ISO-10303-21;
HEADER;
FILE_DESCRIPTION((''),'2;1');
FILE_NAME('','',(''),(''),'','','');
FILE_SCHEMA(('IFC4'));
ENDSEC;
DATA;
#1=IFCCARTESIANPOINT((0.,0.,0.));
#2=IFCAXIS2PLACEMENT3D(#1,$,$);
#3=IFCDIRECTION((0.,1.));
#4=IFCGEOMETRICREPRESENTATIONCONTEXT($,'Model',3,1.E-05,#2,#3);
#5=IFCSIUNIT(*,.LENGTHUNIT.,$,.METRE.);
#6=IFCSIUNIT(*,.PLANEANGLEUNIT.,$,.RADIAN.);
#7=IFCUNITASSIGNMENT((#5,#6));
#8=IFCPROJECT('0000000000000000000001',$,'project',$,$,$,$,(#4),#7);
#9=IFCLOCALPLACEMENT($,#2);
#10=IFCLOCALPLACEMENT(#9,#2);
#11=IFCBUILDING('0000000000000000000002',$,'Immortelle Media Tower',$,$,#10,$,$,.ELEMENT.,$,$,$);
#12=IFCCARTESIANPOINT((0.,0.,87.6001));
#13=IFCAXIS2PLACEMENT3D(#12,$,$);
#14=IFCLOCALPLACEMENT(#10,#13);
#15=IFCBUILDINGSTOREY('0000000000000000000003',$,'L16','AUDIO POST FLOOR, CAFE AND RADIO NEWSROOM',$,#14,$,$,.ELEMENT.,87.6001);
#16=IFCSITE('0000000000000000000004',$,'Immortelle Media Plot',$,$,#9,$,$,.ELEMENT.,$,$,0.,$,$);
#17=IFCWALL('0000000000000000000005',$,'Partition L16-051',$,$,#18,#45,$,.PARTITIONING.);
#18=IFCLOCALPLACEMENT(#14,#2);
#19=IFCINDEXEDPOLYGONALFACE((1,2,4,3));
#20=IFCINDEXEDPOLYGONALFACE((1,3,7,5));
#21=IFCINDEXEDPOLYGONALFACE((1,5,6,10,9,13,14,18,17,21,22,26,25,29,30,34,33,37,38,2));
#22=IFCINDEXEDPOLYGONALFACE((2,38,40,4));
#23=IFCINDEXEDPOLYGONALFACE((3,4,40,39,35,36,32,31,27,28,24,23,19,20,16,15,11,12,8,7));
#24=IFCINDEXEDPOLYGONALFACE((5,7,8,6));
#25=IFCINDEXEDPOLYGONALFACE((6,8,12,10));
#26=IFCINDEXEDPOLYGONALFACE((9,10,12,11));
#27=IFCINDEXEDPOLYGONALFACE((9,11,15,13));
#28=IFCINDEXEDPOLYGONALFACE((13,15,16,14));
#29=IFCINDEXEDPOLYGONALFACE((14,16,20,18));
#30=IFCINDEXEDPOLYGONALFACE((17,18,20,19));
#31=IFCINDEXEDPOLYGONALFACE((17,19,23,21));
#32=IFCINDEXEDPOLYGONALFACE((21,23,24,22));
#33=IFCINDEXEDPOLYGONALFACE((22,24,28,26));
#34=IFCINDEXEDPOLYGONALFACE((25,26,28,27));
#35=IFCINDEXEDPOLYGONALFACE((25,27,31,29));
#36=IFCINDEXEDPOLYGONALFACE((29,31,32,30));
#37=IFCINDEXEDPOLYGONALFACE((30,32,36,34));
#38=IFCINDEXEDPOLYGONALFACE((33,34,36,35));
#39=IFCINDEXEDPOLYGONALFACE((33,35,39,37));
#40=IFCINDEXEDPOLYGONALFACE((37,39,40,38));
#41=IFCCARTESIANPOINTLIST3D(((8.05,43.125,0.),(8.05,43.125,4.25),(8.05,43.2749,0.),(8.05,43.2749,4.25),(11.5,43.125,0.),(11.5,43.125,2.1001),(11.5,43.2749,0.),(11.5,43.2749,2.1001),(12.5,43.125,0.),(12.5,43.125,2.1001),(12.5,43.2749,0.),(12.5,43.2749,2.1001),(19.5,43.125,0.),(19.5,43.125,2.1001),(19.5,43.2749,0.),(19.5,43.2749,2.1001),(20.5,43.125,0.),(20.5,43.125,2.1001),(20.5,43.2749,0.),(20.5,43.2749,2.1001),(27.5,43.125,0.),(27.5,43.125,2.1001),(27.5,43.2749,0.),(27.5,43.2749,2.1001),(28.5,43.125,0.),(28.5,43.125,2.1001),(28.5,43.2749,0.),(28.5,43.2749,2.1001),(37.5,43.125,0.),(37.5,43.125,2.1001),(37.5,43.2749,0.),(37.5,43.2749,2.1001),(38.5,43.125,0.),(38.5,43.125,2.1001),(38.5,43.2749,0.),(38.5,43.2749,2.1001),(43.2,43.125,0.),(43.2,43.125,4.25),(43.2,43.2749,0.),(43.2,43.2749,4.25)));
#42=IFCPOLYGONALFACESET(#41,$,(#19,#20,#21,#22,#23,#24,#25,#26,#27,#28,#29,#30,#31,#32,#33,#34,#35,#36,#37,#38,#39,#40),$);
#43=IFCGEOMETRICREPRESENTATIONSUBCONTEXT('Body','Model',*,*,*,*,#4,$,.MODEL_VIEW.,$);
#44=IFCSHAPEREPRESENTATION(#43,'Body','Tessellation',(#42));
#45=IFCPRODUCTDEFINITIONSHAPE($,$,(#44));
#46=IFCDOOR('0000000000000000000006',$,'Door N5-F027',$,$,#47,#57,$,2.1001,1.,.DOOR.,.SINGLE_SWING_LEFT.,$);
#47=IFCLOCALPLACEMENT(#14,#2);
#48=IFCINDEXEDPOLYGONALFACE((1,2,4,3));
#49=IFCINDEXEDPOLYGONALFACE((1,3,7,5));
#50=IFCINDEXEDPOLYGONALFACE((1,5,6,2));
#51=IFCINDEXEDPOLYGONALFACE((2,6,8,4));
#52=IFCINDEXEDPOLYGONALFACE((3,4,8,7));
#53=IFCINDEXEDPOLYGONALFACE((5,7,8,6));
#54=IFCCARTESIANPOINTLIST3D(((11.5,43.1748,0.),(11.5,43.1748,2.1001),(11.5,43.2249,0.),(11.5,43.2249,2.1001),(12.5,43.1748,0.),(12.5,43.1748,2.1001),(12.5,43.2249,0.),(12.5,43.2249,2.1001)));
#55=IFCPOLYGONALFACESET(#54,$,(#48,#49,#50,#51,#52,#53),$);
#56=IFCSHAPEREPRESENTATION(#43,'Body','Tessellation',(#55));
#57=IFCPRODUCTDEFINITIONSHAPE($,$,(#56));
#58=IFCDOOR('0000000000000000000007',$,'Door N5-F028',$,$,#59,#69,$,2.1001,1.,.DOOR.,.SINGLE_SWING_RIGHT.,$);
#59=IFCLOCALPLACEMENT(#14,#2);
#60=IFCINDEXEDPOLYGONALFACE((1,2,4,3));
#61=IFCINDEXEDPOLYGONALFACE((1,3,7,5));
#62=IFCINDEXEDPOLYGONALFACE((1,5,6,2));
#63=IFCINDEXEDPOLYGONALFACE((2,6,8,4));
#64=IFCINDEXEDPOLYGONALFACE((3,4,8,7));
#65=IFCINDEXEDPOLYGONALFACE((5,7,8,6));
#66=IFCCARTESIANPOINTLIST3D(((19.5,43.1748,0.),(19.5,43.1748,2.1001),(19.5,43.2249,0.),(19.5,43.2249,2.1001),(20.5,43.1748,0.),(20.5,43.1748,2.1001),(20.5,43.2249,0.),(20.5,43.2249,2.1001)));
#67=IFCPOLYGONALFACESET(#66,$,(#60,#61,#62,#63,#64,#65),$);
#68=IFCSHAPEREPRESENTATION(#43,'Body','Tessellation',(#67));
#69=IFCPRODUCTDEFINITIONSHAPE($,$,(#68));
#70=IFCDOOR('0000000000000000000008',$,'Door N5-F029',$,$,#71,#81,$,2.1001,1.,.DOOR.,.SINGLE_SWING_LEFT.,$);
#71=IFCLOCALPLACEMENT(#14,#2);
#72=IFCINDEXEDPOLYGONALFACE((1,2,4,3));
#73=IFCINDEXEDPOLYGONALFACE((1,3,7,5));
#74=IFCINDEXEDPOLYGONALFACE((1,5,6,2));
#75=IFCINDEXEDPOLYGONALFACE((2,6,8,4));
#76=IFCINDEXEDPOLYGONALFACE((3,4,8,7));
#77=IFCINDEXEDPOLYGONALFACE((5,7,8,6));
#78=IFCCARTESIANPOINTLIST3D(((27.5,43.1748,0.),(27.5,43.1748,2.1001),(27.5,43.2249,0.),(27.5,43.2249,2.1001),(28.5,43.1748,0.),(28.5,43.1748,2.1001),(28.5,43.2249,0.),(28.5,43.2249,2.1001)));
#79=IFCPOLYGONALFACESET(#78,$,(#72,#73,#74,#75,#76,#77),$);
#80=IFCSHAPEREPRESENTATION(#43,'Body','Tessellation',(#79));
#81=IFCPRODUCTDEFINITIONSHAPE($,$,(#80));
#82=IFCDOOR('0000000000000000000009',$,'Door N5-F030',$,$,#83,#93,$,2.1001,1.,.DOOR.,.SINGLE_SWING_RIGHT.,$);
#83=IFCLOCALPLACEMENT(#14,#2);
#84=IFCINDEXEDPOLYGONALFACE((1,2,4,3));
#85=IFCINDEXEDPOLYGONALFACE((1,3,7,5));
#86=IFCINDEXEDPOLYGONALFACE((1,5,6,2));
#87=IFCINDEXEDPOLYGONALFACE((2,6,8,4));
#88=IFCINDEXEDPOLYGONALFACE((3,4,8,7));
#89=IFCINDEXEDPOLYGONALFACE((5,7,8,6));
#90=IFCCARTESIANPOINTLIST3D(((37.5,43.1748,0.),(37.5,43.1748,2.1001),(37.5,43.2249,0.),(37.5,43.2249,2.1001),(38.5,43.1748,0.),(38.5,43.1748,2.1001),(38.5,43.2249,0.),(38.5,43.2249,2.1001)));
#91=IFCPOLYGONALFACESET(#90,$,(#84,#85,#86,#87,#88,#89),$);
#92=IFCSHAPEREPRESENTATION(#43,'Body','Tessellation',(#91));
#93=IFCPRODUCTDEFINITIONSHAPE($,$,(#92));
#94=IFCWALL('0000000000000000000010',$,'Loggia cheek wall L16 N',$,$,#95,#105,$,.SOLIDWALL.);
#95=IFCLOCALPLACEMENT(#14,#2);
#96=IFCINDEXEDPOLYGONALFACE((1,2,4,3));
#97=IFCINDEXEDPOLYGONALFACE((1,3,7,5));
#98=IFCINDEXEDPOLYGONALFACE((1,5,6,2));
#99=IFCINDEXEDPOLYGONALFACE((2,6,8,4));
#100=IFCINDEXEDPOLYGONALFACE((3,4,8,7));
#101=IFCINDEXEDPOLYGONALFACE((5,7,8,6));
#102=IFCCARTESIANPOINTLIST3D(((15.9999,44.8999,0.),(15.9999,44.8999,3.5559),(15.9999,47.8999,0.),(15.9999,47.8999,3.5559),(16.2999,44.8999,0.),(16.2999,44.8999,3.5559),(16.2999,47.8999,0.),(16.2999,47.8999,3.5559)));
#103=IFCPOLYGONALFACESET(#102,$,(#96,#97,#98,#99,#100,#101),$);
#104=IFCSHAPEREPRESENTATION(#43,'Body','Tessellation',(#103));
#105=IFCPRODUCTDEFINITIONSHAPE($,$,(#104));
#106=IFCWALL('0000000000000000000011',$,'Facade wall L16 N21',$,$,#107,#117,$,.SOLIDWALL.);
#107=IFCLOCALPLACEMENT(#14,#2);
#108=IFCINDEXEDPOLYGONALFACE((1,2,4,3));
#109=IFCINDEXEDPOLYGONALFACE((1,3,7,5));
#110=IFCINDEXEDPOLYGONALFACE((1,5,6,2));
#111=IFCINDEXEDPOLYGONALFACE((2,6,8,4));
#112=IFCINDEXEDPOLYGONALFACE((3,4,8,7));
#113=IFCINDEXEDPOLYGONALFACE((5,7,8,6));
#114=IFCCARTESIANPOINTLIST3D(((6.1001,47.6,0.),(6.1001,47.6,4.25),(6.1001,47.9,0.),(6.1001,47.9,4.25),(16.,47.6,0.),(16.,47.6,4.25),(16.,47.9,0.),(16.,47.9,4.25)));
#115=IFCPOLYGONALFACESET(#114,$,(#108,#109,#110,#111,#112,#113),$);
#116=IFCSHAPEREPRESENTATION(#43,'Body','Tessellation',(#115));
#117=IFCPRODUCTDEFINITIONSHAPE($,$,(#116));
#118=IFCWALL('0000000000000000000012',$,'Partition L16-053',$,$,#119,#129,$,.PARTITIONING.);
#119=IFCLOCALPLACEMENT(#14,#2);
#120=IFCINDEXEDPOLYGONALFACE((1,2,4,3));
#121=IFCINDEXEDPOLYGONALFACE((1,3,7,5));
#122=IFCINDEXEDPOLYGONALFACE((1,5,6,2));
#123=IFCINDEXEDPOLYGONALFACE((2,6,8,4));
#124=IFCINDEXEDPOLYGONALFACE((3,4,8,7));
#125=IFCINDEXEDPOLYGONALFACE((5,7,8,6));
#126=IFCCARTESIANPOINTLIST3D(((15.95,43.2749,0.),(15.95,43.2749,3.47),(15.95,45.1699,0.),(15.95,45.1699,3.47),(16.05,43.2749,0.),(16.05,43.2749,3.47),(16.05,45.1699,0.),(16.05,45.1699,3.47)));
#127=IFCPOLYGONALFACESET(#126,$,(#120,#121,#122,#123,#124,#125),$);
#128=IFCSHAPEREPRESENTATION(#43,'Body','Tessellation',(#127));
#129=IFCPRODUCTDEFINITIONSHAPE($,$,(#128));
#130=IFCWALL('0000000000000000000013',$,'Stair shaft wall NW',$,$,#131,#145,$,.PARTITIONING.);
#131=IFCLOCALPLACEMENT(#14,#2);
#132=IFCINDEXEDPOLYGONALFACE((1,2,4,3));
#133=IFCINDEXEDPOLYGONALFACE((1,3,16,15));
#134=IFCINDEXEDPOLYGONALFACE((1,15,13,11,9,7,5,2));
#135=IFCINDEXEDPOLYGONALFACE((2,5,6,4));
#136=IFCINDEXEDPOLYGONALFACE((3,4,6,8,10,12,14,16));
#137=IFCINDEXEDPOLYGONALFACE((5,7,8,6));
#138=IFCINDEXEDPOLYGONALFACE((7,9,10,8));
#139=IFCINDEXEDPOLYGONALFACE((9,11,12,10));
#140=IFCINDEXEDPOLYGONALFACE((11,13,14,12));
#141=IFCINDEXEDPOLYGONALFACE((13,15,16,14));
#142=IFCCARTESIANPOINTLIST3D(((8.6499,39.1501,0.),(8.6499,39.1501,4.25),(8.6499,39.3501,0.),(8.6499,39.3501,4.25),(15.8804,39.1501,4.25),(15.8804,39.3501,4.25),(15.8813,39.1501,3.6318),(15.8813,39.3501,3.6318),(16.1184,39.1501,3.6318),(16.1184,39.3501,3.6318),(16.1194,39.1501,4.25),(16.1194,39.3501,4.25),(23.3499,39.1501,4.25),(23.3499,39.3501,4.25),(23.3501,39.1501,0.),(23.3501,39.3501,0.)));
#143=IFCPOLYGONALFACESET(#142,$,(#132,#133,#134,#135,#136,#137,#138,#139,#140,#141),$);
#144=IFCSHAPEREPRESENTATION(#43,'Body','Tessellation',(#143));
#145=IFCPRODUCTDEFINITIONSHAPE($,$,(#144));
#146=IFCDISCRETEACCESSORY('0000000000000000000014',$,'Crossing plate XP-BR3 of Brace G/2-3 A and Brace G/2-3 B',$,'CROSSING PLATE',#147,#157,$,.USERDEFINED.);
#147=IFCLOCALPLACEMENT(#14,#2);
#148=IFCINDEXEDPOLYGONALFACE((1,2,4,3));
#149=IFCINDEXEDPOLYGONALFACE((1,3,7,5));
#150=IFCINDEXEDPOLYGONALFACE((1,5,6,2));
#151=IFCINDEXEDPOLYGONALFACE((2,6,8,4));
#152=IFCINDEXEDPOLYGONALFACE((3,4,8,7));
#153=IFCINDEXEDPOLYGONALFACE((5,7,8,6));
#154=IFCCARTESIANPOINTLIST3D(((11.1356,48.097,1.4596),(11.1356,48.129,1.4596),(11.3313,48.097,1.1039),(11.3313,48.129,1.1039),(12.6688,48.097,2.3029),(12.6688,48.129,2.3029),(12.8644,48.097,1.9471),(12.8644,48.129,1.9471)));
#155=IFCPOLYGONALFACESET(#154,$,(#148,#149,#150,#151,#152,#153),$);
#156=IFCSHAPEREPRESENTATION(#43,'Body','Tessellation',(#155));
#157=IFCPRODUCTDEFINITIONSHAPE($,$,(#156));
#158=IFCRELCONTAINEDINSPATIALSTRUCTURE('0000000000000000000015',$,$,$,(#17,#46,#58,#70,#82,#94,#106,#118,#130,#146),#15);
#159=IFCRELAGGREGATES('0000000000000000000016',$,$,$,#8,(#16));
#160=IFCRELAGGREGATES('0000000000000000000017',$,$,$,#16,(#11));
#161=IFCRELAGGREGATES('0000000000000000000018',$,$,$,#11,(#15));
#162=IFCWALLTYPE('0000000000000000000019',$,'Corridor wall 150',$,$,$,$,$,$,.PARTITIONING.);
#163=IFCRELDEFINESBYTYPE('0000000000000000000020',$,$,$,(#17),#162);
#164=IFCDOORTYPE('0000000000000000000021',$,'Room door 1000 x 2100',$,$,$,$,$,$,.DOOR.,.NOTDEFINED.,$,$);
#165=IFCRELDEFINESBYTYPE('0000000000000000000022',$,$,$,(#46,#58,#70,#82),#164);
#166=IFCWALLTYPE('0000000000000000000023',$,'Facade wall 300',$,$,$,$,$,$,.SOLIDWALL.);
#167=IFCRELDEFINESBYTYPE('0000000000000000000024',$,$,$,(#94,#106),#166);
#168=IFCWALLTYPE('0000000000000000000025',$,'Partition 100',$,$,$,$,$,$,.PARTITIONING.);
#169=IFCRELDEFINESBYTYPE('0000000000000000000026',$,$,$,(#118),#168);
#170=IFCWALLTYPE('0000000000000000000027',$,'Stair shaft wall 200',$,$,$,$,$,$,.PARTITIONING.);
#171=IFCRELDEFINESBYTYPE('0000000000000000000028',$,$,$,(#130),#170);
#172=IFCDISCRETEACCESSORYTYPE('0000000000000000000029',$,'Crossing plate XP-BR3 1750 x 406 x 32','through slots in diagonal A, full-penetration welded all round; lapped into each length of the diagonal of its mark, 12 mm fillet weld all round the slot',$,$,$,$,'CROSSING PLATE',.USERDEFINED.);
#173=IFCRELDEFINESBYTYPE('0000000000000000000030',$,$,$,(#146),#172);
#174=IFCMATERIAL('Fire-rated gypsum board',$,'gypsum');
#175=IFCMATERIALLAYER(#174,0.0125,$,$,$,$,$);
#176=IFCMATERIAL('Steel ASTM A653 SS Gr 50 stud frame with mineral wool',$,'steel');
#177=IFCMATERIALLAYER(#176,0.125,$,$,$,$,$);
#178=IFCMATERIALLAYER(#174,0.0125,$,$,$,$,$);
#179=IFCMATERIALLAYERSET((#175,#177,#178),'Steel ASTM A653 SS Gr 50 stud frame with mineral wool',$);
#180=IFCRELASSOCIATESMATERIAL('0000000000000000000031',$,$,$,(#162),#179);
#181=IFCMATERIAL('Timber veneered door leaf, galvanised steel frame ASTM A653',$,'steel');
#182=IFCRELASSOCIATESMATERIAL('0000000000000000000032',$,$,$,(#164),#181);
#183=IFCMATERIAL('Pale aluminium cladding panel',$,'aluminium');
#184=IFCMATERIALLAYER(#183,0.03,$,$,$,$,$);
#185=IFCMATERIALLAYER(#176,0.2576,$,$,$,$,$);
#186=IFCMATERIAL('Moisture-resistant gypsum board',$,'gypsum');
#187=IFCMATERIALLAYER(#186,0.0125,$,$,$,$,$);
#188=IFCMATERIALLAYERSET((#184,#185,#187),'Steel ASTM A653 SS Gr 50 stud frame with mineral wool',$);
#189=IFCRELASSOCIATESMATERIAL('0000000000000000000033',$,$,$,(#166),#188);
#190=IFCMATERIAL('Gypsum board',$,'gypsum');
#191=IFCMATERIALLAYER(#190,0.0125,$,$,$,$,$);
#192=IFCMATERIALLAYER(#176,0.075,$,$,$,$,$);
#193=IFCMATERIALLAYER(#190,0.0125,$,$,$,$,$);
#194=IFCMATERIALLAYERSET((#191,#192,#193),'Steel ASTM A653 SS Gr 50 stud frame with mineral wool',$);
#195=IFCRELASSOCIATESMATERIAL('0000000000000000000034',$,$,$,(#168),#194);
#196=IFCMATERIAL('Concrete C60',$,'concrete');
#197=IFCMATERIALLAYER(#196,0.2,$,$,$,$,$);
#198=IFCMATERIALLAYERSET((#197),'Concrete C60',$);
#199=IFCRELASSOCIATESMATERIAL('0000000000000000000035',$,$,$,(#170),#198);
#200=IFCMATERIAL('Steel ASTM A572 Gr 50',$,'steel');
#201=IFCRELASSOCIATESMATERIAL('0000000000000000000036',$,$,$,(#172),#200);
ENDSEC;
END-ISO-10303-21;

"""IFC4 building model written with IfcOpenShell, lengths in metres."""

from ifc_helpers import new_model, si_unit, direction, frame, frame_2d, origin, origin_2d, place, context, subcontext, project, spatial, polyline, rectangle, outline, extrude, material, layer, layer_set, material_profile, profile_set, type_object, element, fill, save


model = new_model("IFC4")

# Units and contexts
model_context = context("Model", 3, precision=1e-05, world=origin(), true_north=direction((0.0, 1.0)))
body_context = subcontext(model_context, "Body", "Model", "MODEL_VIEW")
ifc_project = project(units=[si_unit("LENGTHUNIT", "METRE"), si_unit("PLANEANGLEUNIT", "RADIAN")], contexts=[model_context])

# Site, building, storey
site_placement = place(None, origin())
site = spatial("IfcSite", under=ifc_project, at=site_placement, Name="Immortelle Media Plot", CompositionType="ELEMENT", RefElevation=0.0)
building_placement = place(site_placement, origin())
building = spatial("IfcBuilding", under=site, at=building_placement, Name="Immortelle Media Tower", CompositionType="ELEMENT")
storey_placement = place(building_placement, frame((0.0, 0.0, 87.6001)))
storey = spatial("IfcBuildingStorey", under=building, at=storey_placement, Name="L16", Description="AUDIO POST FLOOR, CAFE AND RADIO NEWSROOM", CompositionType="ELEMENT", Elevation=87.6001)

# Wall, openings, doors
ifc_material_1 = material(Name="Fire-rated gypsum board", Category="gypsum")
ifc_layer_1 = layer(ifc_material_1, 0.0125)
ifc_material_2 = material(Name="Steel ASTM A653 SS Gr 50 stud frame with mineral wool", Category="steel")
ifc_layer_2 = layer(ifc_material_2, 0.125)
ifc_layer_3 = layer(ifc_material_1, 0.0125)
ifc_layer_set_1 = layer_set([ifc_layer_1, ifc_layer_2, ifc_layer_3], Name="Steel ASTM A653 SS Gr 50 stud frame with mineral wool")
wall_type_1 = type_object("IfcWallType", Name="Corridor wall 150", PredefinedType="PARTITIONING", material=ifc_layer_set_1)
wall_1_placement = place(storey_placement, frame((8.05, 43.2, 0.0), z_axis=(0.0, 0.0, 1.0), x_axis=(1.0, 0.0, 0.0)))
wall_1 = element("IfcWall", 1, at=wall_1_placement, inside=storey, type_object=wall_type_1, Name="Partition L16-051", PredefinedType="PARTITIONING", context=body_context, shape_type="SweptSolid", body=[
    extrude(rectangle(XDim=35.1499, YDim=0.1499, at=frame_2d((17.575, 0.0))), origin(), (0.0, 0.0, 1.0), 4.25),
])
opening_1_placement = place(wall_1_placement, frame((3.45, 0.0, 0.0)))
opening_1 = element("IfcOpeningElement", 2, at=opening_1_placement, cuts=wall_1, PredefinedType="OPENING", context=body_context, shape_type="SweptSolid", body=[
    extrude(rectangle(XDim=1.0, YDim=2.1001, at=frame_2d((0.5, 1.05))), frame((0.0, 0.085, 0.0), z_axis=(0.0, -1.0, 0.0), x_axis=(1.0, 0.0, 0.0)), (0.0, 0.0, 1.0), 0.1699),
])
opening_2_placement = place(wall_1_placement, frame((11.45, 0.0, 0.0)))
opening_2 = element("IfcOpeningElement", 3, at=opening_2_placement, cuts=wall_1, PredefinedType="OPENING", context=body_context, shape_type="SweptSolid", body=[
    extrude(rectangle(XDim=1.0, YDim=2.1001, at=frame_2d((0.5, 1.05))), frame((0.0, 0.085, 0.0), z_axis=(0.0, -1.0, 0.0), x_axis=(1.0, 0.0, 0.0)), (0.0, 0.0, 1.0), 0.1699),
])
opening_3_placement = place(wall_1_placement, frame((19.45, 0.0, 0.0)))
opening_3 = element("IfcOpeningElement", 4, at=opening_3_placement, cuts=wall_1, PredefinedType="OPENING", context=body_context, shape_type="SweptSolid", body=[
    extrude(rectangle(XDim=1.0, YDim=2.1001, at=frame_2d((0.5, 1.05))), frame((0.0, 0.085, 0.0), z_axis=(0.0, -1.0, 0.0), x_axis=(1.0, 0.0, 0.0)), (0.0, 0.0, 1.0), 0.1699),
])
opening_4_placement = place(wall_1_placement, frame((29.45, 0.0, 0.0)))
opening_4 = element("IfcOpeningElement", 5, at=opening_4_placement, cuts=wall_1, PredefinedType="OPENING", context=body_context, shape_type="SweptSolid", body=[
    extrude(rectangle(XDim=1.0, YDim=2.1001, at=frame_2d((0.5, 1.05))), frame((0.0, 0.085, 0.0), z_axis=(0.0, -1.0, 0.0), x_axis=(1.0, 0.0, 0.0)), (0.0, 0.0, 1.0), 0.1699),
])
ifc_material_3 = material(Name="Timber veneered door leaf, galvanised steel frame ASTM A653", Category="steel")
door_type = type_object("IfcDoorType", Name="Room door 1000 x 2100", OperationType="NOTDEFINED", PredefinedType="DOOR", material=ifc_material_3)
door_1_placement = place(opening_1_placement, origin())
door_1 = element("IfcDoor", 6, at=door_1_placement, inside=storey, type_object=door_type, Name="Door N5-F027", OperationType="SINGLE_SWING_LEFT", OverallHeight=2.1001, OverallWidth=1.0, PredefinedType="DOOR", context=body_context, shape_type="SweptSolid", body=[
    extrude(rectangle(XDim=1.0, YDim=2.1001, at=frame_2d((0.5, 1.05))), frame((0.0, 0.0249, 0.0), z_axis=(0.0, -1.0, 0.0), x_axis=(1.0, 0.0, 0.0)), (0.0, 0.0, 1.0), 0.05),
])
fill(opening_1, door_1)
door_2_placement = place(opening_2_placement, origin())
door_2 = element("IfcDoor", 7, at=door_2_placement, inside=storey, type_object=door_type, Name="Door N5-F028", OperationType="SINGLE_SWING_RIGHT", OverallHeight=2.1001, OverallWidth=1.0, PredefinedType="DOOR", context=body_context, shape_type="SweptSolid", body=[
    extrude(rectangle(XDim=1.0, YDim=2.1001, at=frame_2d((0.5, 1.05))), frame((0.0, 0.0249, 0.0), z_axis=(0.0, -1.0, 0.0), x_axis=(1.0, 0.0, 0.0)), (0.0, 0.0, 1.0), 0.05),
])
fill(opening_2, door_2)
door_3_placement = place(opening_3_placement, origin())
door_3 = element("IfcDoor", 8, at=door_3_placement, inside=storey, type_object=door_type, Name="Door N5-F029", OperationType="SINGLE_SWING_LEFT", OverallHeight=2.1001, OverallWidth=1.0, PredefinedType="DOOR", context=body_context, shape_type="SweptSolid", body=[
    extrude(rectangle(XDim=1.0, YDim=2.1001, at=frame_2d((0.5, 1.05))), frame((0.0, 0.0249, 0.0), z_axis=(0.0, -1.0, 0.0), x_axis=(1.0, 0.0, 0.0)), (0.0, 0.0, 1.0), 0.05),
])
fill(opening_3, door_3)
door_4_placement = place(opening_4_placement, origin())
door_4 = element("IfcDoor", 9, at=door_4_placement, inside=storey, type_object=door_type, Name="Door N5-F030", OperationType="SINGLE_SWING_RIGHT", OverallHeight=2.1001, OverallWidth=1.0, PredefinedType="DOOR", context=body_context, shape_type="SweptSolid", body=[
    extrude(rectangle(XDim=1.0, YDim=2.1001, at=frame_2d((0.5, 1.05))), frame((0.0, 0.0249, 0.0), z_axis=(0.0, -1.0, 0.0), x_axis=(1.0, 0.0, 0.0)), (0.0, 0.0, 1.0), 0.05),
])
fill(opening_4, door_4)

# Walls
ifc_material_4 = material(Name="Pale aluminium cladding panel", Category="aluminium")
ifc_layer_4 = layer(ifc_material_4, 0.03)
ifc_layer_5 = layer(ifc_material_2, 0.2576)
ifc_material_5 = material(Name="Moisture-resistant gypsum board", Category="gypsum")
ifc_layer_6 = layer(ifc_material_5, 0.0125)
ifc_layer_set_2 = layer_set([ifc_layer_4, ifc_layer_5, ifc_layer_6], Name="Steel ASTM A653 SS Gr 50 stud frame with mineral wool")
wall_type_2 = type_object("IfcWallType", Name="Facade wall 300", PredefinedType="SOLIDWALL", material=ifc_layer_set_2)
wall_2_placement = place(storey_placement, frame((16.1499, 47.8999, 0.0), z_axis=(0.0, 0.0, 1.0), x_axis=(0.0, -1.0, 0.0)))
element("IfcWall", 10, at=wall_2_placement, inside=storey, type_object=wall_type_2, Name="Loggia cheek wall L16 N", PredefinedType="SOLIDWALL", context=body_context, shape_type="SweptSolid", body=[
    extrude(rectangle(XDim=3.0, YDim=0.3, at=frame_2d((1.5, 0.0))), origin(), (0.0, 0.0, 1.0), 3.5559),
])
wall_3_placement = place(storey_placement, frame((16.0, 47.75, 0.0), z_axis=(0.0, 0.0, 1.0), x_axis=(-1.0, 0.0, 0.0)))
element("IfcWall", 11, at=wall_3_placement, inside=storey, type_object=wall_type_2, Name="Facade wall L16 N21", PredefinedType="SOLIDWALL", context=body_context, shape_type="SweptSolid", body=[
    extrude(rectangle(XDim=9.8999, YDim=0.3, at=frame_2d((4.95, 0.0))), origin(), (0.0, 0.0, 1.0), 4.25),
])
ifc_material_6 = material(Name="Gypsum board", Category="gypsum")
ifc_layer_7 = layer(ifc_material_6, 0.0125)
ifc_layer_8 = layer(ifc_material_2, 0.075)
ifc_layer_9 = layer(ifc_material_6, 0.0125)
ifc_layer_set_3 = layer_set([ifc_layer_7, ifc_layer_8, ifc_layer_9], Name="Steel ASTM A653 SS Gr 50 stud frame with mineral wool")
wall_type_3 = type_object("IfcWallType", Name="Partition 100", PredefinedType="PARTITIONING", material=ifc_layer_set_3)
wall_4_placement = place(storey_placement, frame((16.0, 43.2749, 0.0), z_axis=(0.0, 0.0, 1.0), x_axis=(0.0, 1.0, 0.0)))
element("IfcWall", 12, at=wall_4_placement, inside=storey, type_object=wall_type_3, Name="Partition L16-053", PredefinedType="PARTITIONING", context=body_context, shape_type="SweptSolid", body=[
    extrude(rectangle(XDim=1.895, YDim=0.1001, at=frame_2d((0.9475, 0.0))), origin(), (0.0, 0.0, 1.0), 3.47),
])
ifc_material_7 = material(Name="Concrete C60", Category="concrete")
ifc_layer_10 = layer(ifc_material_7, 0.2)
ifc_layer_set_4 = layer_set([ifc_layer_10], Name="Concrete C60")
wall_type_4 = type_object("IfcWallType", Name="Stair shaft wall 200", PredefinedType="PARTITIONING", material=ifc_layer_set_4)
wall_5_placement = place(storey_placement, frame((8.6499, 39.25, 0.0), z_axis=(0.0, 0.0, 1.0), x_axis=(1.0, 0.0, 0.0)))
element("IfcWall", 13, at=wall_5_placement, inside=storey, type_object=wall_type_4, Name="Stair shaft wall NW", PredefinedType="PARTITIONING", context=body_context, shape_type="SweptSolid", body=[
    extrude(outline(polyline([(0.0, 0.0), (14.7002, 0.0), (14.7, 4.25), (7.4695, 4.25), (7.4685, 3.6318), (7.2314, 3.6318), (7.2305, 4.25), (0.0, 4.25), (0.0, 0.0)])), frame((0.0, 0.1001, 0.0), z_axis=(0.0, -1.0, 0.0), x_axis=(1.0, 0.0, 0.0)), (0.0, 0.0, 1.0), 0.2),
])

# Discrete accessory
ifc_material_8 = material(Name="Steel ASTM A572 Gr 50", Category="steel")
ifc_material_profile_1 = material_profile(ifc_material_8, rectangle(XDim=0.032, YDim=0.406, at=origin_2d()), Name="PL 32 x 406")
ifc_profile_set_1 = profile_set([ifc_material_profile_1], Name="Steel ASTM A572 Gr 50")
discrete_accessory_type_1 = type_object("IfcDiscreteAccessoryType", Name="Crossing plate XP-BR3 1750 x 406 x 32", Description="through slots in diagonal A, full-penetration welded all round; lapped into each length of the diagonal of its mark, 12 mm fillet weld all round the slot", ElementType="CROSSING PLATE", PredefinedType="USERDEFINED", material=ifc_profile_set_1)
discrete_accessory_placement = place(storey_placement, frame((12.7666, 48.113, 2.125), z_axis=(-0.876216, 0.0, -0.481919), x_axis=(0.0, -1.0, 0.0)))
element("IfcDiscreteAccessory", 14, at=discrete_accessory_placement, inside=storey, type_object=discrete_accessory_type_1, Name="Crossing plate XP-BR3 of Brace G/2-3 A and Brace G/2-3 B", ObjectType="CROSSING PLATE", PredefinedType="USERDEFINED", context=body_context, shape_type="SweptSolid", body=[
    extrude(rectangle(XDim=0.032, YDim=0.406, at=origin_2d()), origin(), (0.0, 0.0, 1.0), 1.7498),
])

save(model, "model.ifc")
